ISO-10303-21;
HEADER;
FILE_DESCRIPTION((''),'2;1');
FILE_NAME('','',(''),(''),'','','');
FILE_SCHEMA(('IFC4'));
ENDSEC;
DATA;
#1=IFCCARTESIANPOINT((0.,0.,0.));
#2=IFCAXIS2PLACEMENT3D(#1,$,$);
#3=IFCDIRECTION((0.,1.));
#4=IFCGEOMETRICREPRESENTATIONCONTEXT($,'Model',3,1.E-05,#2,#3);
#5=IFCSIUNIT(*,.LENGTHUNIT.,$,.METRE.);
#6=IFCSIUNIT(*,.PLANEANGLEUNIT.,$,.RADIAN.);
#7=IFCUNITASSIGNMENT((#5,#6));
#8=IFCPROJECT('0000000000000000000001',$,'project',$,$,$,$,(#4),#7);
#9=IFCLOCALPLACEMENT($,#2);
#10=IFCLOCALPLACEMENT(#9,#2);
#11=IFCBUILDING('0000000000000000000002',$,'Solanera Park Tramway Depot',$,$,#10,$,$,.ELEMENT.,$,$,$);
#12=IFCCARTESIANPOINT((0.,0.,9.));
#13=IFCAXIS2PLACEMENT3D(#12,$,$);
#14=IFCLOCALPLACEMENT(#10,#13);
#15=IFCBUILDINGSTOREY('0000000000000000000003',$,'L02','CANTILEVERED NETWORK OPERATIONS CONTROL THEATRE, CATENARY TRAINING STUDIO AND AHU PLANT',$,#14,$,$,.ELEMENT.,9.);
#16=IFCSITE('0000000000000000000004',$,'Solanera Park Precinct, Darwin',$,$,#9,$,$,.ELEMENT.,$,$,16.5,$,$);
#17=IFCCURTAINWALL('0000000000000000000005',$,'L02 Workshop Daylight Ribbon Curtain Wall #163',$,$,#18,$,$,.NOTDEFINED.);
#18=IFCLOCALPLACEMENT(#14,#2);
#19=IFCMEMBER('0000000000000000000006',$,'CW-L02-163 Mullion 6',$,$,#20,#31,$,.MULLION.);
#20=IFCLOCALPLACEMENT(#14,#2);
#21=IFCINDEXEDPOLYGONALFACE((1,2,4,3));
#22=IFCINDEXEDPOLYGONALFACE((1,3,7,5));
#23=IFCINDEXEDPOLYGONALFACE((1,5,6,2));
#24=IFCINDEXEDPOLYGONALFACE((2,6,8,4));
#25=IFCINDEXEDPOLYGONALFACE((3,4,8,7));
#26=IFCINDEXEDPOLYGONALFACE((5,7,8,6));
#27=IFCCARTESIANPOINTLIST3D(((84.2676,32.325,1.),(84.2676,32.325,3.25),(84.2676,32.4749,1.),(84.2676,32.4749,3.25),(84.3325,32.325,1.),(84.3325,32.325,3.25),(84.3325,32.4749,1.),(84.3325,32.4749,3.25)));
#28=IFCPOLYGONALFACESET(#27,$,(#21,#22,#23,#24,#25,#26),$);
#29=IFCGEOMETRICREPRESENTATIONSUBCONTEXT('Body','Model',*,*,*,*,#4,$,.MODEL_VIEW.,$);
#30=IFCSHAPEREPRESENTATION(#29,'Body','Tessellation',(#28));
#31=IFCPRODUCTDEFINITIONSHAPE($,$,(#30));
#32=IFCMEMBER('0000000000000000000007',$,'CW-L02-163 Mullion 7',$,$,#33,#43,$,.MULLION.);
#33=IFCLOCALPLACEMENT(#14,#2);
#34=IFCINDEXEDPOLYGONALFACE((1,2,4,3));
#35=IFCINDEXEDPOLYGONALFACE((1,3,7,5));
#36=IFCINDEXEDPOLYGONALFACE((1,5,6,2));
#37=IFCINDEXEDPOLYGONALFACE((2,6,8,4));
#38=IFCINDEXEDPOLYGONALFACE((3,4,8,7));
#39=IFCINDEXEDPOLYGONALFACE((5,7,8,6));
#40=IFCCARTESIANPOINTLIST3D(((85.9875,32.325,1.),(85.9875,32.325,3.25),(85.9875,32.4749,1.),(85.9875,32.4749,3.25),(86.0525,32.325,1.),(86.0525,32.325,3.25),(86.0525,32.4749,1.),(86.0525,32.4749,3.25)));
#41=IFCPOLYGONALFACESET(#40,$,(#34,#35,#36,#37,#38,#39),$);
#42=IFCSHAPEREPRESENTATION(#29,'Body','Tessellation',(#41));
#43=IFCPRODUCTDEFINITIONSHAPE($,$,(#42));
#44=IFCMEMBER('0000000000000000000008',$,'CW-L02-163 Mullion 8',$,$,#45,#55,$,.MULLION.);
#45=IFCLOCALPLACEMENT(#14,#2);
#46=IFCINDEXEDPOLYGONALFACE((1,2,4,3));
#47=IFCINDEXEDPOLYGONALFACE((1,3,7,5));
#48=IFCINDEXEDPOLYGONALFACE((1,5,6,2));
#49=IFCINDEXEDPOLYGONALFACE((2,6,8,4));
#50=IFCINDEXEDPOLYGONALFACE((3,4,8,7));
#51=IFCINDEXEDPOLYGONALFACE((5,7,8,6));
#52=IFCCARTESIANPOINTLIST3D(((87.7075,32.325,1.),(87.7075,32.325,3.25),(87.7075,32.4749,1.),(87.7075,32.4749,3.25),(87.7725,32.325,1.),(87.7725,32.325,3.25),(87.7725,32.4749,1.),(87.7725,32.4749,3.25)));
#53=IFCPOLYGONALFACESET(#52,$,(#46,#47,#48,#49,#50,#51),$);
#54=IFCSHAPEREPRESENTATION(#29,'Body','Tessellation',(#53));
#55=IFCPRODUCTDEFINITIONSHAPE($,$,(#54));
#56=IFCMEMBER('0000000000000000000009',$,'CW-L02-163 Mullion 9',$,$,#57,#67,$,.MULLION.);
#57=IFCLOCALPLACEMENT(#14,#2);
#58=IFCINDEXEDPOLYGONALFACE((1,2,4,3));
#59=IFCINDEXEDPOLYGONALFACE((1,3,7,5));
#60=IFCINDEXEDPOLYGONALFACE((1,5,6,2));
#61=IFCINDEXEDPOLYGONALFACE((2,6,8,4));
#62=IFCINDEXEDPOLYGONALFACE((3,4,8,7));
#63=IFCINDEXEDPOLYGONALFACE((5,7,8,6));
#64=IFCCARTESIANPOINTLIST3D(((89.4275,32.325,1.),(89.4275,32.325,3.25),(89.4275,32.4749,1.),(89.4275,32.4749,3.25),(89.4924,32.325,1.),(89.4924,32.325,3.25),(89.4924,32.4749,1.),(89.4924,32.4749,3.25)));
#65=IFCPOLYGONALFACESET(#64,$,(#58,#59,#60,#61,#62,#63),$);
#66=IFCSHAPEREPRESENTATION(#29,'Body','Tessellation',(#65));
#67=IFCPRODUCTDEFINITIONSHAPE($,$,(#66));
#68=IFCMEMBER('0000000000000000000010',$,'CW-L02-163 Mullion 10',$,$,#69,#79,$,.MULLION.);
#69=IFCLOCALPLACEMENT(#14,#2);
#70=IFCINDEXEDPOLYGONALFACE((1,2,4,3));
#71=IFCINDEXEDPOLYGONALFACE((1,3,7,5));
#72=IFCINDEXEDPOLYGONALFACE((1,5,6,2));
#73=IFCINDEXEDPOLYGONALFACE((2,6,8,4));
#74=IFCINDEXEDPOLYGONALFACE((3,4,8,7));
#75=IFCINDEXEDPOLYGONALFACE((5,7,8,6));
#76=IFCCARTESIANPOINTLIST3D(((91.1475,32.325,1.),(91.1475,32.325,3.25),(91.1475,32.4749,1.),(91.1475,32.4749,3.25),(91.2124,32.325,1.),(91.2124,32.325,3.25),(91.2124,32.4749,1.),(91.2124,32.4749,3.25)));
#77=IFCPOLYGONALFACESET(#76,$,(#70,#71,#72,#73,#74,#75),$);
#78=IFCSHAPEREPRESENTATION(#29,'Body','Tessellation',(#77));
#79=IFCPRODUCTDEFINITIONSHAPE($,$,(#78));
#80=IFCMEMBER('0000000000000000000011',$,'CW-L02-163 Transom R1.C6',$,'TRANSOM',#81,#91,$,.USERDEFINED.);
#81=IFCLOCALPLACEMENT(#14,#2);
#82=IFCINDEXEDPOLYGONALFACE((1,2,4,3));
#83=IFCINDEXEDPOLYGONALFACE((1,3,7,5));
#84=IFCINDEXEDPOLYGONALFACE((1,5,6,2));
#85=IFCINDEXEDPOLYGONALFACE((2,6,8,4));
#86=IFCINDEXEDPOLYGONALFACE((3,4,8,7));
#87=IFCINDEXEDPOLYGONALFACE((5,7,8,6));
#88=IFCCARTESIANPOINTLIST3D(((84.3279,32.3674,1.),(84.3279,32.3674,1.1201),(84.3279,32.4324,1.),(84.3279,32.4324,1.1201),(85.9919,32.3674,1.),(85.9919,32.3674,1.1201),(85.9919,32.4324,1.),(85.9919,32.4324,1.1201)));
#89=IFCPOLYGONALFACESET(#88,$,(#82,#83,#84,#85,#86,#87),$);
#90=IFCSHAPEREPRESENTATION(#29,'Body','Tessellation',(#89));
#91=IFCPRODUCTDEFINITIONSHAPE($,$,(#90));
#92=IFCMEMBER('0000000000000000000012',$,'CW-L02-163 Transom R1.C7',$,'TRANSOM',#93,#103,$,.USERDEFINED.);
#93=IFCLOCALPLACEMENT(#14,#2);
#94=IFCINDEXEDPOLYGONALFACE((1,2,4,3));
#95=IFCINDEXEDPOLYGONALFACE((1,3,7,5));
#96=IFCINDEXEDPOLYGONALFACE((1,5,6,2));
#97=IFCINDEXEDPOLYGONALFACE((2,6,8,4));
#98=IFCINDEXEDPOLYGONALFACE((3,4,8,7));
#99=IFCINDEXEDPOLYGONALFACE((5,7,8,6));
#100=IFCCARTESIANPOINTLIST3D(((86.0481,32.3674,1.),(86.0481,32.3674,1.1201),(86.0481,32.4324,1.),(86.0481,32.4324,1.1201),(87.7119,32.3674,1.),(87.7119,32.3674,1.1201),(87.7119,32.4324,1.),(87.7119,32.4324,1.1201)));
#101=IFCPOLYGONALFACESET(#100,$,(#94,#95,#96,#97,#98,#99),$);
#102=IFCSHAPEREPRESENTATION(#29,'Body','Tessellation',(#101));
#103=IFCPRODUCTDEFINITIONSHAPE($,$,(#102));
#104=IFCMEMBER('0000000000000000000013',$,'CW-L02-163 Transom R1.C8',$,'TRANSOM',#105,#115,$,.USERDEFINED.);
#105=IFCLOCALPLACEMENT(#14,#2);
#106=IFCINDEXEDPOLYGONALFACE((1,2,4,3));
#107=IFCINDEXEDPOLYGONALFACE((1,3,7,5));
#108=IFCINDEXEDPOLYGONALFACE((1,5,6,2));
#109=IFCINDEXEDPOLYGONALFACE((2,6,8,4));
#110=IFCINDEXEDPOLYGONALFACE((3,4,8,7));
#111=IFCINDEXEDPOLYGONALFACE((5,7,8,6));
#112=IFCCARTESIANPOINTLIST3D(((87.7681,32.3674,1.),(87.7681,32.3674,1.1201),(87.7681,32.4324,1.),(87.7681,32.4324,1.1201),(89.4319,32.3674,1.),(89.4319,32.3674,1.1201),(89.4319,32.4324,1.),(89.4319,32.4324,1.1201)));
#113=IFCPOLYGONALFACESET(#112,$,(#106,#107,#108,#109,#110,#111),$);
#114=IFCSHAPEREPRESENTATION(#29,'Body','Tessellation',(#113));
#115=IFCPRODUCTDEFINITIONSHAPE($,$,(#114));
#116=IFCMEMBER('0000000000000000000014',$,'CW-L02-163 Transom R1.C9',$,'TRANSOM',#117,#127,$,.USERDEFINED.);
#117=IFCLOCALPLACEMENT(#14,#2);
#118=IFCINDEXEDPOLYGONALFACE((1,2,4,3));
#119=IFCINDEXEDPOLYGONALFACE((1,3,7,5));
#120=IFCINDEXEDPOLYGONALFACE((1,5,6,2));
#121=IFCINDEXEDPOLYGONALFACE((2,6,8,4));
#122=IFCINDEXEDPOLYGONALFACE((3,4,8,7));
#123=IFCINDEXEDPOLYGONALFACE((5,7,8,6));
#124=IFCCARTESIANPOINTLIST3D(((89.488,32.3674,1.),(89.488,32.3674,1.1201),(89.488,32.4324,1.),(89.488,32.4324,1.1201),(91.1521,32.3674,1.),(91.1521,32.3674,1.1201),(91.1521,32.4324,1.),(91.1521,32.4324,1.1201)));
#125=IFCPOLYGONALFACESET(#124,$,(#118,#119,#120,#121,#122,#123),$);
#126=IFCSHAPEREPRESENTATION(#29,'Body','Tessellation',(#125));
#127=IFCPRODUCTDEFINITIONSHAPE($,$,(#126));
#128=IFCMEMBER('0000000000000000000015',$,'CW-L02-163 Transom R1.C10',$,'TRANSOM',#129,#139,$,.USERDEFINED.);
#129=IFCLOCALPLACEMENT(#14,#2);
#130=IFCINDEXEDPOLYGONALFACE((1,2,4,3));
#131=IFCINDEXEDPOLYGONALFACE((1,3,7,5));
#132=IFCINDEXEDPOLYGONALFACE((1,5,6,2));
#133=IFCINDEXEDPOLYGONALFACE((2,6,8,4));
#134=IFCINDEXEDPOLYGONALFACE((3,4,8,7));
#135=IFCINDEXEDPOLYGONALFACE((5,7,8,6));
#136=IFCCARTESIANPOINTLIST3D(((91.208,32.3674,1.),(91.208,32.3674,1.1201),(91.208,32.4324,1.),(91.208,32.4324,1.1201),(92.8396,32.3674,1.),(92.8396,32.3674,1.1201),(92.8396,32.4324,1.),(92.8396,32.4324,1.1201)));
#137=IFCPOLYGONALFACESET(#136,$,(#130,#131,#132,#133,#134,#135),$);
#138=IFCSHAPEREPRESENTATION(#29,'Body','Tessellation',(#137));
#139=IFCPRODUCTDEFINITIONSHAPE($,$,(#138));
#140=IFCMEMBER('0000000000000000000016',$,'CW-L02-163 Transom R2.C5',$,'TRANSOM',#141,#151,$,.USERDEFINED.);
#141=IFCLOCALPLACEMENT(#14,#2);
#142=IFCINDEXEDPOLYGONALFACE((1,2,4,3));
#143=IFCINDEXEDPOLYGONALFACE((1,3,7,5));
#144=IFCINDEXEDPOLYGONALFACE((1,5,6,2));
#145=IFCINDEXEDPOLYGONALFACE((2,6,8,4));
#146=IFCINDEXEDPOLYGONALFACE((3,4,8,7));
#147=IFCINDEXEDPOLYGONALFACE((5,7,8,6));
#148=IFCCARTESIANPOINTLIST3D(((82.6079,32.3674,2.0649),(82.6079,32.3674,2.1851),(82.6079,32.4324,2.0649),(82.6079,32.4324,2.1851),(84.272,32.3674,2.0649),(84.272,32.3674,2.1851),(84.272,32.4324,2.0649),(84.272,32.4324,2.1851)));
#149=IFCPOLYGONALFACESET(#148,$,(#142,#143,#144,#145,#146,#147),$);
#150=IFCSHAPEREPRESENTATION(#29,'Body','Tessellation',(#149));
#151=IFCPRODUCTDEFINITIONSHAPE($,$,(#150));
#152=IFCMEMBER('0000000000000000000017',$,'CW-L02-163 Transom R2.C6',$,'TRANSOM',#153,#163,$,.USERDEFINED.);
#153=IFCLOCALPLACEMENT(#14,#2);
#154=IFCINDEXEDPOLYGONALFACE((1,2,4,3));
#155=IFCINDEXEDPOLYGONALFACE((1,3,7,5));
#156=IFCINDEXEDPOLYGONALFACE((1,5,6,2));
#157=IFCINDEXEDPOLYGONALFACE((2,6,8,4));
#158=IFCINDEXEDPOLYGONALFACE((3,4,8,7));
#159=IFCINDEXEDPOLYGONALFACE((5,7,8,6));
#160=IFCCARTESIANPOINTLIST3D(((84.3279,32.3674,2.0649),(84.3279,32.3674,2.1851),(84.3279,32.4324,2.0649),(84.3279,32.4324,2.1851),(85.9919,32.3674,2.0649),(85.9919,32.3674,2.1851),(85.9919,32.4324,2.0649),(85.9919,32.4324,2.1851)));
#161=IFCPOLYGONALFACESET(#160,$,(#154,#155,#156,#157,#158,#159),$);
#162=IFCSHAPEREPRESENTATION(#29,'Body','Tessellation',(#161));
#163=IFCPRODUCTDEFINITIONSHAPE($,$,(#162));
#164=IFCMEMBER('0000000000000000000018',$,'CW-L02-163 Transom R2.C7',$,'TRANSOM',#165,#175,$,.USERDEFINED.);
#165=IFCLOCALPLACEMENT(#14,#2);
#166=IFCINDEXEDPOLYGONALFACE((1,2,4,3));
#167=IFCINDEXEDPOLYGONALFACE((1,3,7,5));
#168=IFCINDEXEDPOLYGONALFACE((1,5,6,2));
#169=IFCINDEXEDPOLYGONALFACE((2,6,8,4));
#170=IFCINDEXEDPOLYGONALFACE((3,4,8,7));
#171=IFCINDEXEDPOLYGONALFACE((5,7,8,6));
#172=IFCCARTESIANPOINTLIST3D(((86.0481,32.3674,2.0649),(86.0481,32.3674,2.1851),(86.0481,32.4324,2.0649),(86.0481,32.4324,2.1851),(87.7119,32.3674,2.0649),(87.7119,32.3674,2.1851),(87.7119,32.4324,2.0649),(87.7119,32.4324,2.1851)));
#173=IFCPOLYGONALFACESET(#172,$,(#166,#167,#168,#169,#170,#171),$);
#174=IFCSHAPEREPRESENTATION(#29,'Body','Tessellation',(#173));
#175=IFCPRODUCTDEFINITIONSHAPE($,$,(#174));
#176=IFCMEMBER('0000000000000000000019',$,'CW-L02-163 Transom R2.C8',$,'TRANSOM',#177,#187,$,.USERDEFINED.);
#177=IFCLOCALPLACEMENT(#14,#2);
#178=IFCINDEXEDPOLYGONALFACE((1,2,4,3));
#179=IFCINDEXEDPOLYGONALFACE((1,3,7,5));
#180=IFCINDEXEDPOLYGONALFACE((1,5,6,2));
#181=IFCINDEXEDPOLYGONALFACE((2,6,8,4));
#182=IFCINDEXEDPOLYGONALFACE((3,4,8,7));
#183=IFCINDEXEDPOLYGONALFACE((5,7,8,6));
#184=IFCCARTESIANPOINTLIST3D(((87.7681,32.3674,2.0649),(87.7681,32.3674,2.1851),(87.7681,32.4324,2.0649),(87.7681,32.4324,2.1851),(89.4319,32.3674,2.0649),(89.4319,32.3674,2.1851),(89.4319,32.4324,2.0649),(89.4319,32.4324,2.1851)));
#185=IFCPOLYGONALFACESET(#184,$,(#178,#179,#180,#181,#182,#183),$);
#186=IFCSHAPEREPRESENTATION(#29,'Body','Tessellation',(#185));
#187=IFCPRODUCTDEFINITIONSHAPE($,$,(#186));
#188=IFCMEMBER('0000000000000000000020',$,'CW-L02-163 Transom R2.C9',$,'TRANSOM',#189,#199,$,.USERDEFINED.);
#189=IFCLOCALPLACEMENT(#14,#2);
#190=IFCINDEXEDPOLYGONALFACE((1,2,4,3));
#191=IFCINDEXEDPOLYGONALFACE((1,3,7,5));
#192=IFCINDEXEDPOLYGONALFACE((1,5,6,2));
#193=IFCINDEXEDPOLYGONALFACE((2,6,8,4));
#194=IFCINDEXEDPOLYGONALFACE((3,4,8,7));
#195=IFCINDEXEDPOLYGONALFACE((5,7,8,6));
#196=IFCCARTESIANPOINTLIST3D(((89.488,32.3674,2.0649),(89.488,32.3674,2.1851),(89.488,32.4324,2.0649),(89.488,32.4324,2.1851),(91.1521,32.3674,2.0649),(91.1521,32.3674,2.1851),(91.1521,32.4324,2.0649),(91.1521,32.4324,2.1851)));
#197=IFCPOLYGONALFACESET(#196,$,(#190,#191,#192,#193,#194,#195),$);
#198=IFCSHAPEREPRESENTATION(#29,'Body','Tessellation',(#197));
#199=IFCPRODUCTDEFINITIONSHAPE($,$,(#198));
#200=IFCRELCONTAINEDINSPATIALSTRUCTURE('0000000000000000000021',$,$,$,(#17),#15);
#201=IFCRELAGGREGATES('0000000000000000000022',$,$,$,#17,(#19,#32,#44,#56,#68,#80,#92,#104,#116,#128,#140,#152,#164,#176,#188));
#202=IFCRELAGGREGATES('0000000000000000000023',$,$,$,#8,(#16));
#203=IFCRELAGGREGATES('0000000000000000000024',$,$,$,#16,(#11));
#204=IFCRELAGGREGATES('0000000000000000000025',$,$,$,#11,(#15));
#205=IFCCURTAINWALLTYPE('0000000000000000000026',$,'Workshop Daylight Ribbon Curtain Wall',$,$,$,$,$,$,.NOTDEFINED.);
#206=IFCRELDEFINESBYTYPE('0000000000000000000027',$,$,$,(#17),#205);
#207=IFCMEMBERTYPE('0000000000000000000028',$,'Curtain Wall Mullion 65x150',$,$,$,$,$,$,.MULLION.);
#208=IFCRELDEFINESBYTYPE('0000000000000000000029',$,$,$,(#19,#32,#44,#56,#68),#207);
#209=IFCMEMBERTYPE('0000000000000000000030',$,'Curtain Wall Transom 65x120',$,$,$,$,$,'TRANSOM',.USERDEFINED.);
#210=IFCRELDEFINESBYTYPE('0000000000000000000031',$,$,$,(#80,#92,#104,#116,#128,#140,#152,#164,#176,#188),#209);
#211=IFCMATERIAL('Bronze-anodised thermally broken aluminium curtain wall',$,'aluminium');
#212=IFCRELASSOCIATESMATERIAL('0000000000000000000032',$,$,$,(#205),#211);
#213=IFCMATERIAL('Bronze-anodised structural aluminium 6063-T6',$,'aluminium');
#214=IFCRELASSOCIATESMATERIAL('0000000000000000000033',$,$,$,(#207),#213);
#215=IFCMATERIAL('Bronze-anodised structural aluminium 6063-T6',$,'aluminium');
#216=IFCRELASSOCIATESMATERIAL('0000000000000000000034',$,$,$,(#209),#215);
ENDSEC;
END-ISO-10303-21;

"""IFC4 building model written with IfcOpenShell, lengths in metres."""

from ifc_helpers import new_model, si_unit, direction, frame, origin, origin_2d, place, context, subcontext, project, spatial, rectangle, extrude, material, material_profile, profile_set, type_object, element, aggregate, save


model = new_model("IFC4")

# Units and contexts
model_context = context("Model", 3, precision=1e-05, world=origin(), true_north=direction((0.0, 1.0)))
body_context = subcontext(model_context, "Body", "Model", "MODEL_VIEW")
ifc_project = project(units=[si_unit("LENGTHUNIT", "METRE"), si_unit("PLANEANGLEUNIT", "RADIAN")], contexts=[model_context])

# Site, building, storey
site_placement = place(None, origin())
site = spatial("IfcSite", under=ifc_project, at=site_placement, Name="Solanera Park Precinct, Darwin", CompositionType="ELEMENT", RefElevation=16.5)
building_placement = place(site_placement, origin())
building = spatial("IfcBuilding", under=site, at=building_placement, Name="Solanera Park Tramway Depot", CompositionType="ELEMENT")
storey_placement = place(building_placement, frame((0.0, 0.0, 9.0)))
storey = spatial("IfcBuildingStorey", under=building, at=storey_placement, Name="L02", Description="CANTILEVERED NETWORK OPERATIONS CONTROL THEATRE, CATENARY TRAINING STUDIO AND AHU PLANT", CompositionType="ELEMENT", Elevation=9.0)

# Curtain wall, members
ifc_material_1 = material(Name="Bronze-anodised thermally broken aluminium curtain wall", Category="aluminium")
curtain_wall_type = type_object("IfcCurtainWallType", Name="Workshop Daylight Ribbon Curtain Wall", PredefinedType="NOTDEFINED", material=ifc_material_1)
curtain_wall_placement = place(storey_placement, origin())
curtain_wall = element("IfcCurtainWall", 1, at=curtain_wall_placement, inside=storey, type_object=curtain_wall_type, Name="L02 Workshop Daylight Ribbon Curtain Wall #163", PredefinedType="NOTDEFINED")
ifc_material_2 = material(Name="Bronze-anodised structural aluminium 6063-T6", Category="aluminium")
ifc_material_profile_1 = material_profile(ifc_material_2, rectangle(XDim=0.0649, YDim=0.1499, at=origin_2d()), Name="Curtain Wall Mullion 65x150")
ifc_profile_set_1 = profile_set([ifc_material_profile_1], Name="Bronze-anodised structural aluminium 6063-T6")
member_type_1 = type_object("IfcMemberType", Name="Curtain Wall Mullion 65x150", PredefinedType="MULLION", material=ifc_profile_set_1)
member_1_placement = place(storey_placement, frame((84.3, 32.3999, 1.0), z_axis=(0.0, 0.0, 1.0), x_axis=(1.0, 0.0, 0.0)))
member_1 = element("IfcMember", 2, at=member_1_placement, type_object=member_type_1, Name="CW-L02-163 Mullion 6", PredefinedType="MULLION", context=body_context, shape_type="SweptSolid", body=[
    extrude(rectangle(XDim=0.0649, YDim=0.1499, at=origin_2d()), origin(), (0.0, 0.0, 1.0), 2.25),
])
member_2_placement = place(storey_placement, frame((86.02, 32.3999, 1.0), z_axis=(0.0, 0.0, 1.0), x_axis=(1.0, 0.0, 0.0)))
member_2 = element("IfcMember", 3, at=member_2_placement, type_object=member_type_1, Name="CW-L02-163 Mullion 7", PredefinedType="MULLION", context=body_context, shape_type="SweptSolid", body=[
    extrude(rectangle(XDim=0.0649, YDim=0.1499, at=origin_2d()), origin(), (0.0, 0.0, 1.0), 2.25),
])
member_3_placement = place(storey_placement, frame((87.74, 32.3999, 1.0), z_axis=(0.0, 0.0, 1.0), x_axis=(1.0, 0.0, 0.0)))
member_3 = element("IfcMember", 4, at=member_3_placement, type_object=member_type_1, Name="CW-L02-163 Mullion 8", PredefinedType="MULLION", context=body_context, shape_type="SweptSolid", body=[
    extrude(rectangle(XDim=0.0649, YDim=0.1499, at=origin_2d()), origin(), (0.0, 0.0, 1.0), 2.25),
])
member_4_placement = place(storey_placement, frame((89.46, 32.3999, 1.0), z_axis=(0.0, 0.0, 1.0), x_axis=(1.0, 0.0, 0.0)))
member_4 = element("IfcMember", 5, at=member_4_placement, type_object=member_type_1, Name="CW-L02-163 Mullion 9", PredefinedType="MULLION", context=body_context, shape_type="SweptSolid", body=[
    extrude(rectangle(XDim=0.0649, YDim=0.1499, at=origin_2d()), origin(), (0.0, 0.0, 1.0), 2.25),
])
member_5_placement = place(storey_placement, frame((91.1799, 32.3999, 1.0), z_axis=(0.0, 0.0, 1.0), x_axis=(1.0, 0.0, 0.0)))
member_5 = element("IfcMember", 6, at=member_5_placement, type_object=member_type_1, Name="CW-L02-163 Mullion 10", PredefinedType="MULLION", context=body_context, shape_type="SweptSolid", body=[
    extrude(rectangle(XDim=0.0649, YDim=0.1499, at=origin_2d()), origin(), (0.0, 0.0, 1.0), 2.25),
])
ifc_material_3 = material(Name="Bronze-anodised structural aluminium 6063-T6", Category="aluminium")
ifc_material_profile_2 = material_profile(ifc_material_3, rectangle(XDim=0.0649, YDim=0.1201, at=origin_2d()), Name="Curtain Wall Transom 65x120")
ifc_profile_set_2 = profile_set([ifc_material_profile_2], Name="Bronze-anodised structural aluminium 6063-T6")
member_type_2 = type_object("IfcMemberType", Name="Curtain Wall Transom 65x120", ElementType="TRANSOM", PredefinedType="USERDEFINED", material=ifc_profile_set_2)
member_6_placement = place(storey_placement, frame((84.3279, 32.3999, 1.0601), z_axis=(1.0, 0.0, 0.0), x_axis=(0.0, 1.0, 0.0)))
member_6 = element("IfcMember", 7, at=member_6_placement, type_object=member_type_2, Name="CW-L02-163 Transom R1.C6", ObjectType="TRANSOM", PredefinedType="USERDEFINED", context=body_context, shape_type="SweptSolid", body=[
    extrude(rectangle(XDim=0.0649, YDim=0.1201, at=origin_2d()), origin(), (0.0, 0.0, 1.0), 1.6641),
])
member_7_placement = place(storey_placement, frame((86.0481, 32.3999, 1.0601), z_axis=(1.0, 0.0, 0.0), x_axis=(0.0, 1.0, 0.0)))
member_7 = element("IfcMember", 8, at=member_7_placement, type_object=member_type_2, Name="CW-L02-163 Transom R1.C7", ObjectType="TRANSOM", PredefinedType="USERDEFINED", context=body_context, shape_type="SweptSolid", body=[
    extrude(rectangle(XDim=0.0649, YDim=0.1201, at=origin_2d()), origin(), (0.0, 0.0, 1.0), 1.6638),
])
member_8_placement = place(storey_placement, frame((87.7681, 32.3999, 1.0601), z_axis=(1.0, 0.0, 0.0), x_axis=(0.0, 1.0, 0.0)))
member_8 = element("IfcMember", 9, at=member_8_placement, type_object=member_type_2, Name="CW-L02-163 Transom R1.C8", ObjectType="TRANSOM", PredefinedType="USERDEFINED", context=body_context, shape_type="SweptSolid", body=[
    extrude(rectangle(XDim=0.0649, YDim=0.1201, at=origin_2d()), origin(), (0.0, 0.0, 1.0), 1.6638),
])
member_9_placement = place(storey_placement, frame((89.488, 32.3999, 1.0601), z_axis=(1.0, 0.0, 0.0), x_axis=(0.0, 1.0, 0.0)))
member_9 = element("IfcMember", 10, at=member_9_placement, type_object=member_type_2, Name="CW-L02-163 Transom R1.C9", ObjectType="TRANSOM", PredefinedType="USERDEFINED", context=body_context, shape_type="SweptSolid", body=[
    extrude(rectangle(XDim=0.0649, YDim=0.1201, at=origin_2d()), origin(), (0.0, 0.0, 1.0), 1.6641),
])
member_10_placement = place(storey_placement, frame((91.208, 32.3999, 1.0601), z_axis=(1.0, 0.0, 0.0), x_axis=(0.0, 1.0, 0.0)))
member_10 = element("IfcMember", 11, at=member_10_placement, type_object=member_type_2, Name="CW-L02-163 Transom R1.C10", ObjectType="TRANSOM", PredefinedType="USERDEFINED", context=body_context, shape_type="SweptSolid", body=[
    extrude(rectangle(XDim=0.0649, YDim=0.1201, at=origin_2d()), origin(), (0.0, 0.0, 1.0), 1.6316),
])
member_11_placement = place(storey_placement, frame((82.6079, 32.3999, 2.125), z_axis=(1.0, 0.0, 0.0), x_axis=(0.0, 1.0, 0.0)))
member_11 = element("IfcMember", 12, at=member_11_placement, type_object=member_type_2, Name="CW-L02-163 Transom R2.C5", ObjectType="TRANSOM", PredefinedType="USERDEFINED", context=body_context, shape_type="SweptSolid", body=[
    extrude(rectangle(XDim=0.0649, YDim=0.1201, at=origin_2d()), origin(), (0.0, 0.0, 1.0), 1.6641),
])
member_12_placement = place(storey_placement, frame((84.3279, 32.3999, 2.125), z_axis=(1.0, 0.0, 0.0), x_axis=(0.0, 1.0, 0.0)))
member_12 = element("IfcMember", 13, at=member_12_placement, type_object=member_type_2, Name="CW-L02-163 Transom R2.C6", ObjectType="TRANSOM", PredefinedType="USERDEFINED", context=body_context, shape_type="SweptSolid", body=[
    extrude(rectangle(XDim=0.0649, YDim=0.1201, at=origin_2d()), origin(), (0.0, 0.0, 1.0), 1.6641),
])
member_13_placement = place(storey_placement, frame((86.0481, 32.3999, 2.125), z_axis=(1.0, 0.0, 0.0), x_axis=(0.0, 1.0, 0.0)))
member_13 = element("IfcMember", 14, at=member_13_placement, type_object=member_type_2, Name="CW-L02-163 Transom R2.C7", ObjectType="TRANSOM", PredefinedType="USERDEFINED", context=body_context, shape_type="SweptSolid", body=[
    extrude(rectangle(XDim=0.0649, YDim=0.1201, at=origin_2d()), origin(), (0.0, 0.0, 1.0), 1.6638),
])
member_14_placement = place(storey_placement, frame((87.7681, 32.3999, 2.125), z_axis=(1.0, 0.0, 0.0), x_axis=(0.0, 1.0, 0.0)))
member_14 = element("IfcMember", 15, at=member_14_placement, type_object=member_type_2, Name="CW-L02-163 Transom R2.C8", ObjectType="TRANSOM", PredefinedType="USERDEFINED", context=body_context, shape_type="SweptSolid", body=[
    extrude(rectangle(XDim=0.0649, YDim=0.1201, at=origin_2d()), origin(), (0.0, 0.0, 1.0), 1.6638),
])
member_15_placement = place(storey_placement, frame((89.488, 32.3999, 2.125), z_axis=(1.0, 0.0, 0.0), x_axis=(0.0, 1.0, 0.0)))
member_15 = element("IfcMember", 16, at=member_15_placement, type_object=member_type_2, Name="CW-L02-163 Transom R2.C9", ObjectType="TRANSOM", PredefinedType="USERDEFINED", context=body_context, shape_type="SweptSolid", body=[
    extrude(rectangle(XDim=0.0649, YDim=0.1201, at=origin_2d()), origin(), (0.0, 0.0, 1.0), 1.6641),
])
aggregate(curtain_wall, [member_1, member_2, member_3, member_4, member_5, member_6, member_7, member_8, member_9, member_10, member_11, member_12, member_13, member_14, member_15])

save(model, "model.ifc")
